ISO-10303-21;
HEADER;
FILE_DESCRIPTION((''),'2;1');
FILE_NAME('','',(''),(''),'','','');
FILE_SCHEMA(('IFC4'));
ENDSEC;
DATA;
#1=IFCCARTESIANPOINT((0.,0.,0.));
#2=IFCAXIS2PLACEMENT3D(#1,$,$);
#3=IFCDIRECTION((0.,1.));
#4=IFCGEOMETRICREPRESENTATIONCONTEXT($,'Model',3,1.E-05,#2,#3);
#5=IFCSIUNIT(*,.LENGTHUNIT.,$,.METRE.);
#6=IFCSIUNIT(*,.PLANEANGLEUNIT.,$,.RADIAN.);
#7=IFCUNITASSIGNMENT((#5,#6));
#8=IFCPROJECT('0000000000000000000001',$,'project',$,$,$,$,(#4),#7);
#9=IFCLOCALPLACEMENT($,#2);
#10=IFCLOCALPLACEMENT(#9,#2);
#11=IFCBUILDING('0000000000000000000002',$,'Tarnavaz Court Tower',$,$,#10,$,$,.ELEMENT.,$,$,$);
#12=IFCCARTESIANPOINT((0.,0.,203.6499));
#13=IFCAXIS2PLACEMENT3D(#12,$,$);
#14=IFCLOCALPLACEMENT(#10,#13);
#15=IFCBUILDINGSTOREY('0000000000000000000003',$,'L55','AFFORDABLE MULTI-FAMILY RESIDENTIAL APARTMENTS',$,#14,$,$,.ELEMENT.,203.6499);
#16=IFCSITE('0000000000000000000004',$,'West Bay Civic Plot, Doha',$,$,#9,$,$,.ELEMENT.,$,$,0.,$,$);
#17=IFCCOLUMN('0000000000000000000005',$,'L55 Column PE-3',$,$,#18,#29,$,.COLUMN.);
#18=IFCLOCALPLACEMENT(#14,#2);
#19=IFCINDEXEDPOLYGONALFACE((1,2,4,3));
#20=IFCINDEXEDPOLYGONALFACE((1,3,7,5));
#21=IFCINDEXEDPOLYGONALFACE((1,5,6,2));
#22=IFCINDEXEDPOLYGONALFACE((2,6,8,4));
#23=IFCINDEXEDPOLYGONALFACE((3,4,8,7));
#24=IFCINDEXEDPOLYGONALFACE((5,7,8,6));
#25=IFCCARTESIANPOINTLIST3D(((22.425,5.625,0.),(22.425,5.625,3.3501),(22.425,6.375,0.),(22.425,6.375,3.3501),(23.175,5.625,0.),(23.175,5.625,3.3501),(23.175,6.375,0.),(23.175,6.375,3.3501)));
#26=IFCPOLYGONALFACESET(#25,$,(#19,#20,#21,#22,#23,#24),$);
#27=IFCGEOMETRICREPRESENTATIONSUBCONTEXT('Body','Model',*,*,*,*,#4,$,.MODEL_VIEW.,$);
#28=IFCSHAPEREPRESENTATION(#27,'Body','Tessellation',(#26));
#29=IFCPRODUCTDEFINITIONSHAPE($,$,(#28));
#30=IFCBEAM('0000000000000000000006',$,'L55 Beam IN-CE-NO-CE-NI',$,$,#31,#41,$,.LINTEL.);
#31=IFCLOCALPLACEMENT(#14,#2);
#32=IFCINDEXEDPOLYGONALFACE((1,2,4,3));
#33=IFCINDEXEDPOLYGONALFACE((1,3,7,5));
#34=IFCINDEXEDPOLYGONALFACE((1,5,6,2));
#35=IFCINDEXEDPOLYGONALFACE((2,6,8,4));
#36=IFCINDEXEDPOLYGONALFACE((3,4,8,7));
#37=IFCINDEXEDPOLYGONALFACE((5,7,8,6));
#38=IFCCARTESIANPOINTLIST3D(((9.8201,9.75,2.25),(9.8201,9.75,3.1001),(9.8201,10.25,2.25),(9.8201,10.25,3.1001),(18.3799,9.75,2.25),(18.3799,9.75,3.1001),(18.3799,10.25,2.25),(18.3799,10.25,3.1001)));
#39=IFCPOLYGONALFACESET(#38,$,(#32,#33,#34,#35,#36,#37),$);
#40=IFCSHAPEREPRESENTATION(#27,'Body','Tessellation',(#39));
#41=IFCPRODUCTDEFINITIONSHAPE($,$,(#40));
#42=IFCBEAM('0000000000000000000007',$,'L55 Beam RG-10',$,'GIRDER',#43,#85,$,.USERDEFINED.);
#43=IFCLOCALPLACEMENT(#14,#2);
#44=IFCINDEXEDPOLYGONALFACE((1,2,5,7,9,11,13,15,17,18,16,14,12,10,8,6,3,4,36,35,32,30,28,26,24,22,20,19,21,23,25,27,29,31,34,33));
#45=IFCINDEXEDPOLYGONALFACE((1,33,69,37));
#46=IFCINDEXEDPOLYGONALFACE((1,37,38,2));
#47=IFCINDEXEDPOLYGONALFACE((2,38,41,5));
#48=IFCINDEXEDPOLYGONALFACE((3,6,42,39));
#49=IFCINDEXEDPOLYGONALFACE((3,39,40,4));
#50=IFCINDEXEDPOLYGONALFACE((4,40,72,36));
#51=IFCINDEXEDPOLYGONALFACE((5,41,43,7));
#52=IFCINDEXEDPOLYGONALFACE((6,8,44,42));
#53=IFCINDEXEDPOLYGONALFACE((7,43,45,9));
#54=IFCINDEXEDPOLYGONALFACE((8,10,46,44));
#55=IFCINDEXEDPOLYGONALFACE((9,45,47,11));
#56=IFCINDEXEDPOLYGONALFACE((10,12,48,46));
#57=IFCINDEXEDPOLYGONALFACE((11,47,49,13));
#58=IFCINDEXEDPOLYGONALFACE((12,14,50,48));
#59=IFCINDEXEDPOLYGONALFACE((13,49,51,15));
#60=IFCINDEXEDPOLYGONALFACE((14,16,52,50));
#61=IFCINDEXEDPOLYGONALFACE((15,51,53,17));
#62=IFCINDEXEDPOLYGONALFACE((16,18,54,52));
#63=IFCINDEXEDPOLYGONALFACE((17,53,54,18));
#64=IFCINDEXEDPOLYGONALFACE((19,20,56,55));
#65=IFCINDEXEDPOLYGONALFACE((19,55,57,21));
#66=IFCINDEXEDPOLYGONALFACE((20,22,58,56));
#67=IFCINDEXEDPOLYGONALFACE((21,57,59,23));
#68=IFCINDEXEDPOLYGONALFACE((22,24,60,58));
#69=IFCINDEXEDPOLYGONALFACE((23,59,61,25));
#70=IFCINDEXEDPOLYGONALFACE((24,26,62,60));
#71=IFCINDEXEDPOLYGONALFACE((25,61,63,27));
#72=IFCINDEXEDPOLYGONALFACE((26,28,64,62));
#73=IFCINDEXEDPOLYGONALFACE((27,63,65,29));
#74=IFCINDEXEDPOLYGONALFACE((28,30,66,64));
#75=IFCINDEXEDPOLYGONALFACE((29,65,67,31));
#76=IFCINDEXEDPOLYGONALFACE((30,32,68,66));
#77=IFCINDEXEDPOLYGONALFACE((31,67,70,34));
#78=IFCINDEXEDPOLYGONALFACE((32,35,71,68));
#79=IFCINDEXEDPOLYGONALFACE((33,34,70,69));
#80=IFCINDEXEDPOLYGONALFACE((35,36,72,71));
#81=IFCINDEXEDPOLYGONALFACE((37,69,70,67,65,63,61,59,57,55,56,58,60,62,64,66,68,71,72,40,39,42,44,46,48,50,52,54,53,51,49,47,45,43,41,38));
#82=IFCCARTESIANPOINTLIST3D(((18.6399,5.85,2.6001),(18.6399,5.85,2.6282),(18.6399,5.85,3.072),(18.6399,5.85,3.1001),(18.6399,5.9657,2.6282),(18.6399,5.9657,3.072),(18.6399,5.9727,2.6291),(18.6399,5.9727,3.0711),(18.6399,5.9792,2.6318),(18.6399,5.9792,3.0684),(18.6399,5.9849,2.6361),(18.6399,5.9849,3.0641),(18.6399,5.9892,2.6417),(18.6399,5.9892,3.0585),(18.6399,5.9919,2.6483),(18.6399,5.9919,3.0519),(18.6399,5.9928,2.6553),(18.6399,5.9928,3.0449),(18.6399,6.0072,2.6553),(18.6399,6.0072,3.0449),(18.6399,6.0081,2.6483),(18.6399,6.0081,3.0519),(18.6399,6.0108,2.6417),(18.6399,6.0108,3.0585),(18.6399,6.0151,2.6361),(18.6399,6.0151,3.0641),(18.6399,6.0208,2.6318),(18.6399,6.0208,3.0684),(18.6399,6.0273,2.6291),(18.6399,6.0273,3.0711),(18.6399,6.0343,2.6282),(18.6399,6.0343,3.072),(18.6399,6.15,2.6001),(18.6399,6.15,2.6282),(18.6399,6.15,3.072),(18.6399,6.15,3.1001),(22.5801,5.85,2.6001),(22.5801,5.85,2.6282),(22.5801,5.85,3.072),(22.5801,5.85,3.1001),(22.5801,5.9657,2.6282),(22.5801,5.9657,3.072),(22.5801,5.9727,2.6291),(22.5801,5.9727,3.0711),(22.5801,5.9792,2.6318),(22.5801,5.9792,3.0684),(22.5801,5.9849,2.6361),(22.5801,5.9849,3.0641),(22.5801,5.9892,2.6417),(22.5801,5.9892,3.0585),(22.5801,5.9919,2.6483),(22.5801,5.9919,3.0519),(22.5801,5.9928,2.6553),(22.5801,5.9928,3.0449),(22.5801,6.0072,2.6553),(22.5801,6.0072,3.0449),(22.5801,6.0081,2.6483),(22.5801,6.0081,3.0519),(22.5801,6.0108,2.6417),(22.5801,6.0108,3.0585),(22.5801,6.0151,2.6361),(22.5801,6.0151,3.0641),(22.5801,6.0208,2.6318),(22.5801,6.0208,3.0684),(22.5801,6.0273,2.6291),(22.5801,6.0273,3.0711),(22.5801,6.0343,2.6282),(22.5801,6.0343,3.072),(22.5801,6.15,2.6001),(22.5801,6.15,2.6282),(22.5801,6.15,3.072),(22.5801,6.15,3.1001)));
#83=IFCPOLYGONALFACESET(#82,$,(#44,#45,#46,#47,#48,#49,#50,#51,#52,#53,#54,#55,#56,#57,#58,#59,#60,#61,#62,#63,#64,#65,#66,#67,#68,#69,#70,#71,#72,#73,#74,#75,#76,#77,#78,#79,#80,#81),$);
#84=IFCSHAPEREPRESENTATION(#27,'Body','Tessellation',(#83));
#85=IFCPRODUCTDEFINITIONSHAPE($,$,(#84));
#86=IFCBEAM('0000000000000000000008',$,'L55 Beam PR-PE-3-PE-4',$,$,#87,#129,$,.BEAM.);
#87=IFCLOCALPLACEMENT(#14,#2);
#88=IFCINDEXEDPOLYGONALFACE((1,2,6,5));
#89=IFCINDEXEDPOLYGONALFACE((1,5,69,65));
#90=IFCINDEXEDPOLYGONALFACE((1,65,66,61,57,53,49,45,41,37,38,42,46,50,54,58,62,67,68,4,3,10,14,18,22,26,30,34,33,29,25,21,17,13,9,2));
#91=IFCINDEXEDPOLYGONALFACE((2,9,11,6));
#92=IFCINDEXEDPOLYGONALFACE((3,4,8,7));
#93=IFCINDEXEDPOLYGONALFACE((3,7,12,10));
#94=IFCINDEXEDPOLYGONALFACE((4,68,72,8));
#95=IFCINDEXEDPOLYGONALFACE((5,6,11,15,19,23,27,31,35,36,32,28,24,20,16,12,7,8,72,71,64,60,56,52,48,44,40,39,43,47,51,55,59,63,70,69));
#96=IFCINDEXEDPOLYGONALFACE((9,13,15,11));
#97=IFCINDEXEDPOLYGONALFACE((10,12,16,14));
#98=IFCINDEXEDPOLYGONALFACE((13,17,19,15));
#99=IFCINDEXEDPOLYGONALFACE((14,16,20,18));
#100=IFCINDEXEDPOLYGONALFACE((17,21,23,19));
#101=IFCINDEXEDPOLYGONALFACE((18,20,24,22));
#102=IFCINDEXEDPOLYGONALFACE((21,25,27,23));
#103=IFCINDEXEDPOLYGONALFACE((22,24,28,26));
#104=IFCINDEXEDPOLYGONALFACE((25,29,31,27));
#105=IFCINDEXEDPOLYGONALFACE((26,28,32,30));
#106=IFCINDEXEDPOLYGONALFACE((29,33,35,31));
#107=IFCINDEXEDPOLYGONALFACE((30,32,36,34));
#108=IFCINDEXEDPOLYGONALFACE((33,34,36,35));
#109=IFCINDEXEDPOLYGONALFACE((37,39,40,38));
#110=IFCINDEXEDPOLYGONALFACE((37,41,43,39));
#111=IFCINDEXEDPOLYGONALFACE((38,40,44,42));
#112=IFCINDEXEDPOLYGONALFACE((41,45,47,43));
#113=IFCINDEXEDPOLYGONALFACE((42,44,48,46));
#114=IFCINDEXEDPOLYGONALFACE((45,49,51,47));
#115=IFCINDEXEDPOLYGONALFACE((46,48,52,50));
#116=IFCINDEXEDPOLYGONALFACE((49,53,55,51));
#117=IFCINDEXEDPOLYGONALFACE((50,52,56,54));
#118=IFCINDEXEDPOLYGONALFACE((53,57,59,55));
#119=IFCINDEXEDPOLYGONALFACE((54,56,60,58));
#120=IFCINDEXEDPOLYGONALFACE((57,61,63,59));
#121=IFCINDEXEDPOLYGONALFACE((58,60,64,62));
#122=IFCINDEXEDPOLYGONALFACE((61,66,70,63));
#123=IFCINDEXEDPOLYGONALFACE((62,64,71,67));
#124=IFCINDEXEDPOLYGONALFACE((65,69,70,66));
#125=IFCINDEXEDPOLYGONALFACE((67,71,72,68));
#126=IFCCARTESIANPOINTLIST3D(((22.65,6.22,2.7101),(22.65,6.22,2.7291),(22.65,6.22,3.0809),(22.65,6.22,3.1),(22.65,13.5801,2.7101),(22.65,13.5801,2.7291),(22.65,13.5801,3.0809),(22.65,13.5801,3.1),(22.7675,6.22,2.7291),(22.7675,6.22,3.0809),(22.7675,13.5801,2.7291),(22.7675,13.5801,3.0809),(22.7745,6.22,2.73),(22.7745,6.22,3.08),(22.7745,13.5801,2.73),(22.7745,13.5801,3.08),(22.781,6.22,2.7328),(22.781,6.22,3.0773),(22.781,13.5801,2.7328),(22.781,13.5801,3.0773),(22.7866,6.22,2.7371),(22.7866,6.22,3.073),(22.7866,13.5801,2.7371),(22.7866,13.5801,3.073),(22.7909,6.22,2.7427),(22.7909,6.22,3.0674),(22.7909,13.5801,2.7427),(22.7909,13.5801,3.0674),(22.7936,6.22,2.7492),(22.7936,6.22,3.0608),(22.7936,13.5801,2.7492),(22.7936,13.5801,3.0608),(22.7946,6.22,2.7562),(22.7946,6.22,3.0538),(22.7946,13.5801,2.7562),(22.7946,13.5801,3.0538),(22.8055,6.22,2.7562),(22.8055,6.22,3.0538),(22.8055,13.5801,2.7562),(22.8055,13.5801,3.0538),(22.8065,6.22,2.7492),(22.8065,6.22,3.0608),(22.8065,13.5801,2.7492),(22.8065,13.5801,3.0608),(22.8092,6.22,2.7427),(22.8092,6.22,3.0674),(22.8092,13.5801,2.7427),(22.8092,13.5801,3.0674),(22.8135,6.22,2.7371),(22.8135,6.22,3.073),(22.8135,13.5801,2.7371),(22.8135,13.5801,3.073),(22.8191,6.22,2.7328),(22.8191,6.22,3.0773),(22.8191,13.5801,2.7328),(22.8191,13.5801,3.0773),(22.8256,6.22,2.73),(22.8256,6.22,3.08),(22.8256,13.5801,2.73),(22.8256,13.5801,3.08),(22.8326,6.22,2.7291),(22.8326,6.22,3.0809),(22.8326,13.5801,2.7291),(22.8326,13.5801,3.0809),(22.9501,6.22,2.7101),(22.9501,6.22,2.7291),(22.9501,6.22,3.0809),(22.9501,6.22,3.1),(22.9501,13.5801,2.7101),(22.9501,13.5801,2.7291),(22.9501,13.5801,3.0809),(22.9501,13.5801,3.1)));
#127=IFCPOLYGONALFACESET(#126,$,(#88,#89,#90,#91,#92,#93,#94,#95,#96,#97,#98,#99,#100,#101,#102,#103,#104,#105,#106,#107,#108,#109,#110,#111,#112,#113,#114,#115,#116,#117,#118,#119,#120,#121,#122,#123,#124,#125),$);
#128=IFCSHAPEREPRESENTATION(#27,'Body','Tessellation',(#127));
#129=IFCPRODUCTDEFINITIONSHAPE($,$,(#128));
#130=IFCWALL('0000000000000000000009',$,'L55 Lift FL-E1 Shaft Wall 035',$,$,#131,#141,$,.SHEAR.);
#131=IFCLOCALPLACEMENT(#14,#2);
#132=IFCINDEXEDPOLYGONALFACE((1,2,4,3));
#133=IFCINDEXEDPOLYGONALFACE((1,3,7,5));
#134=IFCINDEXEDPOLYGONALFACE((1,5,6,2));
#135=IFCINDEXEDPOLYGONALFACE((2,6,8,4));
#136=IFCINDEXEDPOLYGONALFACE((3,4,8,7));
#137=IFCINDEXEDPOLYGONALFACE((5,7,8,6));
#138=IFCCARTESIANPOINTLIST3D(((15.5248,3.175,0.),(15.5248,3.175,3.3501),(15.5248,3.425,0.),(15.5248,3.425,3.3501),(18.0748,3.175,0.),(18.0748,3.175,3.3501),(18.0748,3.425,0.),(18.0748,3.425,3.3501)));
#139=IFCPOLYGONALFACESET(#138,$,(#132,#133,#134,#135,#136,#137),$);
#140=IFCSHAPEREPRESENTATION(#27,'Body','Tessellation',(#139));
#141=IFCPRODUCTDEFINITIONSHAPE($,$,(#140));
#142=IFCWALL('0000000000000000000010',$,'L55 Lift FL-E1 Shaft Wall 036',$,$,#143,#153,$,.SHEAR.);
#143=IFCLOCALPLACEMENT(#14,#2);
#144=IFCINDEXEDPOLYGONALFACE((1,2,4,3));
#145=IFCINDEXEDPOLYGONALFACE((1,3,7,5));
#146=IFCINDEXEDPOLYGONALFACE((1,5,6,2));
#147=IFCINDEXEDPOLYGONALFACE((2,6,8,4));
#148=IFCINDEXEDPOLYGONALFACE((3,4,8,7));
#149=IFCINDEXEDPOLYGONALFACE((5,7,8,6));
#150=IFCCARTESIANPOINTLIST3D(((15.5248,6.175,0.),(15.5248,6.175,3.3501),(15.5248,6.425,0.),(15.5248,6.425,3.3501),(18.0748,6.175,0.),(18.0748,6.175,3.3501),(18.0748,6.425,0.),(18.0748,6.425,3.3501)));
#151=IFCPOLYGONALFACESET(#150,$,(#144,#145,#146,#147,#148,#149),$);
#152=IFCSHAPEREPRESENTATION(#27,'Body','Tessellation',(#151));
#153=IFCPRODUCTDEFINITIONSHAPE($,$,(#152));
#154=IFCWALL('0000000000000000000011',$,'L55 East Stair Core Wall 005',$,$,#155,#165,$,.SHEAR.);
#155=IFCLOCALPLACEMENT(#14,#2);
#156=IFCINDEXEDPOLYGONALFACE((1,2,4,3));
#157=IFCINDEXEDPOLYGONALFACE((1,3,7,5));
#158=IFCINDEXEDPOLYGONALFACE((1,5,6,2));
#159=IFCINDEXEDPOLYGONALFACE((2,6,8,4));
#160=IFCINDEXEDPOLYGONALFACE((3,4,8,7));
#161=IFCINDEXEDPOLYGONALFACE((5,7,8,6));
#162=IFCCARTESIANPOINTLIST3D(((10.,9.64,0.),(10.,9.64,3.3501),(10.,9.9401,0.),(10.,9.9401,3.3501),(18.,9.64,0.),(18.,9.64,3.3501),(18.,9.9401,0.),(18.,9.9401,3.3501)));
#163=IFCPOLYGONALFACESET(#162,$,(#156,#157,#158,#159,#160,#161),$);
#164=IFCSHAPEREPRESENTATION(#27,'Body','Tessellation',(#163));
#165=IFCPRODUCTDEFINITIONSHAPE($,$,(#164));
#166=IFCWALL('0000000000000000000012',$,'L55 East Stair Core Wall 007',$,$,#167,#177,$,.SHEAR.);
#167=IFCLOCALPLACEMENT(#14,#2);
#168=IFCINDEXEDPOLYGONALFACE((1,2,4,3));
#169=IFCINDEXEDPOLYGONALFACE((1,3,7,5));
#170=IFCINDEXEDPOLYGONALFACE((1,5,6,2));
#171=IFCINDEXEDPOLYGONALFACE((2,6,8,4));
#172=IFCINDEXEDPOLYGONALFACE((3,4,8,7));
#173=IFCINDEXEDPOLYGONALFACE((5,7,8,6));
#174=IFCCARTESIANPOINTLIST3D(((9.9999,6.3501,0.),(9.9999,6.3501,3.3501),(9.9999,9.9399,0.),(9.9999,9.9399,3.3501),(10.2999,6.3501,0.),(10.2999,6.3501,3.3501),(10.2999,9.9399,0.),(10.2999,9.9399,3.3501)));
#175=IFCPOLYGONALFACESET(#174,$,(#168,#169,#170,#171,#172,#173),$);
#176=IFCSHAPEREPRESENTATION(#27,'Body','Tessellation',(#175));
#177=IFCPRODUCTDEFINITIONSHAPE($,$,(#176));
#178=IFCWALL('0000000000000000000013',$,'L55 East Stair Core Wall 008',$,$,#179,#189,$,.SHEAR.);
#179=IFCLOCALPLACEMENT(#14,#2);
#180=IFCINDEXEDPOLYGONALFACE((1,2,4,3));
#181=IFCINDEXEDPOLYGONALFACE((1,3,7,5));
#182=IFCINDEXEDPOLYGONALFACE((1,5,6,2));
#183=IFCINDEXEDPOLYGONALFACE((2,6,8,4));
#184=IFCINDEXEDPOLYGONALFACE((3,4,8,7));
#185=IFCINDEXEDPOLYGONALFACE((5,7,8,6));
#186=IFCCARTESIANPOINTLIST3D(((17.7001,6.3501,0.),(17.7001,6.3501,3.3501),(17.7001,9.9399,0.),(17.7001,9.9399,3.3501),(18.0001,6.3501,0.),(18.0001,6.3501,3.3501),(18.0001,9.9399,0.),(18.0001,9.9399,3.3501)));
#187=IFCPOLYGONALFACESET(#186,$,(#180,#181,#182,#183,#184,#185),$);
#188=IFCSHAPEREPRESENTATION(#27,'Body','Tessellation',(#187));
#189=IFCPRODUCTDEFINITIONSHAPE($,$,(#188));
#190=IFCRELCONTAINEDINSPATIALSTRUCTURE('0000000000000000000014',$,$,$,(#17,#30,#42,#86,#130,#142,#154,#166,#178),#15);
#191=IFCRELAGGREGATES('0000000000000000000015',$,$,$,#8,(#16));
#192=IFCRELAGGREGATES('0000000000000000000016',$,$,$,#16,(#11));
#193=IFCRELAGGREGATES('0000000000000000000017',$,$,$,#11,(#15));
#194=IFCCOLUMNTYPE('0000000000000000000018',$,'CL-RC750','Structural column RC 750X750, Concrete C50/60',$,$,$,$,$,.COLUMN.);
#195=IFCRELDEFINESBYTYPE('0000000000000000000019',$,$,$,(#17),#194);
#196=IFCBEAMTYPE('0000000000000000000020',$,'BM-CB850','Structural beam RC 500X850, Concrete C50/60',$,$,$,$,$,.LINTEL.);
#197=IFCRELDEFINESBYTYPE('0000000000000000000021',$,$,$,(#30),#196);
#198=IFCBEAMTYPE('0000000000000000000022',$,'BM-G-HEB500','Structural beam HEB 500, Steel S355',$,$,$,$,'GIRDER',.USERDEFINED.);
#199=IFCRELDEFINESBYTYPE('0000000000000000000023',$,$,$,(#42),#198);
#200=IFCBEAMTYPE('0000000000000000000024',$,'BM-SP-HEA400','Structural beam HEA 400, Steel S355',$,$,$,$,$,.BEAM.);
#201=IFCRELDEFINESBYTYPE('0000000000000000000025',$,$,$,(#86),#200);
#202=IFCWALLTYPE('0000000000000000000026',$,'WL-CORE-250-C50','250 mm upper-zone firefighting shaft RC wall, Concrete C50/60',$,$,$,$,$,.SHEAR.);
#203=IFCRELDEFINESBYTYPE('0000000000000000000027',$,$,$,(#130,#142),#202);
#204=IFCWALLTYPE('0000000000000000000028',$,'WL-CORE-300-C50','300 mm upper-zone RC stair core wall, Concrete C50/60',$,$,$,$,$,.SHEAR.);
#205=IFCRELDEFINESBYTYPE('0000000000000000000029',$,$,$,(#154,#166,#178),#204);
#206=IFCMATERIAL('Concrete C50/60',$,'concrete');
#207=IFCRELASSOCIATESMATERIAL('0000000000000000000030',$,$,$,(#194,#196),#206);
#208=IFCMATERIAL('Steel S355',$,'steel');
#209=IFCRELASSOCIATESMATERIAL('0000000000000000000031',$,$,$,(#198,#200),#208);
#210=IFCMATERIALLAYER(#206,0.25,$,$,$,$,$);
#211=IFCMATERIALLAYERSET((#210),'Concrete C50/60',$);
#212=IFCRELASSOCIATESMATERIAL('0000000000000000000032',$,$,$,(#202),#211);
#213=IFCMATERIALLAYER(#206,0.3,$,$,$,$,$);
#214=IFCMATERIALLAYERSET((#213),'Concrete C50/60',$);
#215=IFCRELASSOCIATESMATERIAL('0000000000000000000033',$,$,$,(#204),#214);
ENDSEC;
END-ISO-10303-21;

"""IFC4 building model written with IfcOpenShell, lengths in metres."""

from ifc_helpers import new_model, si_unit, direction, frame, frame_2d, origin, origin_2d, place, context, subcontext, project, spatial, rectangle, i_section, extrude, material, layer, layer_set, material_profile, profile_set, type_object, element, save


model = new_model("IFC4")

# Units and contexts
model_context = context("Model", 3, precision=1e-05, world=origin(), true_north=direction((0.0, 1.0)))
body_context = subcontext(model_context, "Body", "Model", "MODEL_VIEW")
ifc_project = project(units=[si_unit("LENGTHUNIT", "METRE"), si_unit("PLANEANGLEUNIT", "RADIAN")], contexts=[model_context])

# Site, building, storey
site_placement = place(None, origin())
site = spatial("IfcSite", under=ifc_project, at=site_placement, Name="West Bay Civic Plot, Doha", CompositionType="ELEMENT", RefElevation=0.0)
building_placement = place(site_placement, origin())
building = spatial("IfcBuilding", under=site, at=building_placement, Name="Tarnavaz Court Tower", CompositionType="ELEMENT")
storey_placement = place(building_placement, frame((0.0, 0.0, 203.6499)))
storey = spatial("IfcBuildingStorey", under=building, at=storey_placement, Name="L55", Description="AFFORDABLE MULTI-FAMILY RESIDENTIAL APARTMENTS", CompositionType="ELEMENT", Elevation=203.6499)

# Column
ifc_material_1 = material(Name="Concrete C50/60", Category="concrete")
ifc_material_profile_1 = material_profile(ifc_material_1, rectangle(XDim=0.75, YDim=0.75, at=origin_2d()), Name="RC 750X750")
ifc_profile_set_1 = profile_set([ifc_material_profile_1], Name="Concrete C50/60")
column_type = type_object("IfcColumnType", Name="CL-RC750", Description="Structural column RC 750X750, Concrete C50/60", PredefinedType="COLUMN", material=ifc_profile_set_1)
column_placement = place(storey_placement, frame((22.8, 6.0, 0.0), z_axis=(0.0, 0.0, 1.0), x_axis=(1.0, 0.0, 0.0)))
element("IfcColumn", 1, at=column_placement, inside=storey, type_object=column_type, Name="L55 Column PE-3", PredefinedType="COLUMN", context=body_context, shape_type="SweptSolid", body=[
    extrude(rectangle(XDim=0.75, YDim=0.75, at=origin_2d()), origin(), (0.0, 0.0, 1.0), 3.3501),
])

# Beams
ifc_material_profile_2 = material_profile(ifc_material_1, rectangle(XDim=0.5, YDim=0.8501, at=origin_2d()), Name="RC 500X850")
ifc_profile_set_2 = profile_set([ifc_material_profile_2], Name="Concrete C50/60")
beam_type_1 = type_object("IfcBeamType", Name="BM-CB850", Description="Structural beam RC 500X850, Concrete C50/60", PredefinedType="LINTEL", material=ifc_profile_set_2)
beam_1_placement = place(storey_placement, frame((18.3799, 10.0, 2.675), z_axis=(-1.0, 0.0, 0.0), x_axis=(0.0, -1.0, 0.0)))
element("IfcBeam", 2, at=beam_1_placement, inside=storey, type_object=beam_type_1, Name="L55 Beam IN-CE-NO-CE-NI", PredefinedType="LINTEL", context=body_context, shape_type="SweptSolid", body=[
    extrude(rectangle(XDim=0.5, YDim=0.8501, at=origin_2d()), origin(), (0.0, 0.0, 1.0), 8.5598),
])
ifc_material_2 = material(Name="Steel S355", Category="steel")
ifc_material_profile_3 = material_profile(ifc_material_2, i_section(OverallWidth=0.3, OverallDepth=0.5, WebThickness=0.0144, FlangeThickness=0.0281, FilletRadius=0.0271, at=origin_2d()), Name="HEB 500")
ifc_profile_set_3 = profile_set([ifc_material_profile_3], Name="Steel S355")
beam_type_2 = type_object("IfcBeamType", Name="BM-G-HEB500", Description="Structural beam HEB 500, Steel S355", ElementType="GIRDER", PredefinedType="USERDEFINED", material=ifc_profile_set_3)
beam_2_placement = place(storey_placement, frame((18.6399, 6.0, 2.8501), z_axis=(1.0, 0.0, 0.0), x_axis=(0.0, 1.0, 0.0)))
element("IfcBeam", 3, at=beam_2_placement, inside=storey, type_object=beam_type_2, Name="L55 Beam RG-10", ObjectType="GIRDER", PredefinedType="USERDEFINED", context=body_context, shape_type="SweptSolid", body=[
    extrude(i_section(OverallWidth=0.3, OverallDepth=0.5, WebThickness=0.0144, FlangeThickness=0.0281, FilletRadius=0.0271, at=origin_2d()), origin(), (0.0, 0.0, 1.0), 3.9402),
])
ifc_material_profile_4 = material_profile(ifc_material_2, i_section(OverallWidth=0.3, OverallDepth=0.3899, WebThickness=0.011, FlangeThickness=0.019, FilletRadius=0.0271, at=origin_2d()), Name="HEA 400")
ifc_profile_set_4 = profile_set([ifc_material_profile_4], Name="Steel S355")
beam_type_3 = type_object("IfcBeamType", Name="BM-SP-HEA400", Description="Structural beam HEA 400, Steel S355", PredefinedType="BEAM", material=ifc_profile_set_4)
beam_3_placement = place(storey_placement, frame((22.8, 6.22, 2.905), z_axis=(0.0, 1.0, 0.0), x_axis=(-1.0, 0.0, 0.0)))
element("IfcBeam", 4, at=beam_3_placement, inside=storey, type_object=beam_type_3, Name="L55 Beam PR-PE-3-PE-4", PredefinedType="BEAM", context=body_context, shape_type="SweptSolid", body=[
    extrude(i_section(OverallWidth=0.3, OverallDepth=0.3899, WebThickness=0.011, FlangeThickness=0.019, FilletRadius=0.0271, at=origin_2d()), origin(), (0.0, 0.0, 1.0), 7.3601),
])

# Walls
ifc_layer_1 = layer(ifc_material_1, 0.25)
ifc_layer_set_1 = layer_set([ifc_layer_1], Name="Concrete C50/60")
wall_type_1 = type_object("IfcWallType", Name="WL-CORE-250-C50", Description="250 mm upper-zone firefighting shaft RC wall, Concrete C50/60", PredefinedType="SHEAR", material=ifc_layer_set_1)
for number, where, z_axis, x_axis, name in (
    (5, (15.5249, 3.3, 0.0), (0.0, 0.0, 1.0), (1.0, 0.0, 0.0), "L55 Lift FL-E1 Shaft Wall 035"),
    (6, (15.5249, 6.3, 0.0), (0.0, 0.0, 1.0), (1.0, 0.0, 0.0), "L55 Lift FL-E1 Shaft Wall 036"),
):
    element("IfcWall", number, at=place(storey_placement, frame(where, z_axis=z_axis, x_axis=x_axis)), inside=storey, type_object=wall_type_1, Name=name, PredefinedType="SHEAR", context=body_context, shape_type="SweptSolid", body=[
        extrude(rectangle(XDim=2.55, YDim=0.25, at=frame_2d((1.2749, 0.0))), origin(), (0.0, 0.0, 1.0), 3.3501),
    ])
ifc_layer_2 = layer(ifc_material_1, 0.3)
ifc_layer_set_2 = layer_set([ifc_layer_2], Name="Concrete C50/60")
wall_type_2 = type_object("IfcWallType", Name="WL-CORE-300-C50", Description="300 mm upper-zone RC stair core wall, Concrete C50/60", PredefinedType="SHEAR", material=ifc_layer_set_2)
wall_1_placement = place(storey_placement, frame((10.0, 9.79, 0.0), z_axis=(0.0, 0.0, 1.0), x_axis=(1.0, 0.0, 0.0)))
element("IfcWall", 7, at=wall_1_placement, inside=storey, type_object=wall_type_2, Name="L55 East Stair Core Wall 005", PredefinedType="SHEAR", context=body_context, shape_type="SweptSolid", body=[
    extrude(rectangle(XDim=8.0, YDim=0.3, at=frame_2d((4.0, 0.0))), origin(), (0.0, 0.0, 1.0), 3.3501),
])

# Walls
for number, where, z_axis, x_axis, name in (
    (8, (10.1499, 6.3501, 0.0), (0.0, 0.0, 1.0), (0.0, 1.0, 0.0), "L55 East Stair Core Wall 007"),
    (9, (17.8501, 6.3501, 0.0), (0.0, 0.0, 1.0), (0.0, 1.0, 0.0), "L55 East Stair Core Wall 008"),
):
    element("IfcWall", number, at=place(storey_placement, frame(where, z_axis=z_axis, x_axis=x_axis)), inside=storey, type_object=wall_type_2, Name=name, PredefinedType="SHEAR", context=body_context, shape_type="SweptSolid", body=[
        extrude(rectangle(XDim=3.5898, YDim=0.3, at=frame_2d((1.7949, 0.0))), origin(), (0.0, 0.0, 1.0), 3.3501),
    ])

save(model, "model.ifc")
